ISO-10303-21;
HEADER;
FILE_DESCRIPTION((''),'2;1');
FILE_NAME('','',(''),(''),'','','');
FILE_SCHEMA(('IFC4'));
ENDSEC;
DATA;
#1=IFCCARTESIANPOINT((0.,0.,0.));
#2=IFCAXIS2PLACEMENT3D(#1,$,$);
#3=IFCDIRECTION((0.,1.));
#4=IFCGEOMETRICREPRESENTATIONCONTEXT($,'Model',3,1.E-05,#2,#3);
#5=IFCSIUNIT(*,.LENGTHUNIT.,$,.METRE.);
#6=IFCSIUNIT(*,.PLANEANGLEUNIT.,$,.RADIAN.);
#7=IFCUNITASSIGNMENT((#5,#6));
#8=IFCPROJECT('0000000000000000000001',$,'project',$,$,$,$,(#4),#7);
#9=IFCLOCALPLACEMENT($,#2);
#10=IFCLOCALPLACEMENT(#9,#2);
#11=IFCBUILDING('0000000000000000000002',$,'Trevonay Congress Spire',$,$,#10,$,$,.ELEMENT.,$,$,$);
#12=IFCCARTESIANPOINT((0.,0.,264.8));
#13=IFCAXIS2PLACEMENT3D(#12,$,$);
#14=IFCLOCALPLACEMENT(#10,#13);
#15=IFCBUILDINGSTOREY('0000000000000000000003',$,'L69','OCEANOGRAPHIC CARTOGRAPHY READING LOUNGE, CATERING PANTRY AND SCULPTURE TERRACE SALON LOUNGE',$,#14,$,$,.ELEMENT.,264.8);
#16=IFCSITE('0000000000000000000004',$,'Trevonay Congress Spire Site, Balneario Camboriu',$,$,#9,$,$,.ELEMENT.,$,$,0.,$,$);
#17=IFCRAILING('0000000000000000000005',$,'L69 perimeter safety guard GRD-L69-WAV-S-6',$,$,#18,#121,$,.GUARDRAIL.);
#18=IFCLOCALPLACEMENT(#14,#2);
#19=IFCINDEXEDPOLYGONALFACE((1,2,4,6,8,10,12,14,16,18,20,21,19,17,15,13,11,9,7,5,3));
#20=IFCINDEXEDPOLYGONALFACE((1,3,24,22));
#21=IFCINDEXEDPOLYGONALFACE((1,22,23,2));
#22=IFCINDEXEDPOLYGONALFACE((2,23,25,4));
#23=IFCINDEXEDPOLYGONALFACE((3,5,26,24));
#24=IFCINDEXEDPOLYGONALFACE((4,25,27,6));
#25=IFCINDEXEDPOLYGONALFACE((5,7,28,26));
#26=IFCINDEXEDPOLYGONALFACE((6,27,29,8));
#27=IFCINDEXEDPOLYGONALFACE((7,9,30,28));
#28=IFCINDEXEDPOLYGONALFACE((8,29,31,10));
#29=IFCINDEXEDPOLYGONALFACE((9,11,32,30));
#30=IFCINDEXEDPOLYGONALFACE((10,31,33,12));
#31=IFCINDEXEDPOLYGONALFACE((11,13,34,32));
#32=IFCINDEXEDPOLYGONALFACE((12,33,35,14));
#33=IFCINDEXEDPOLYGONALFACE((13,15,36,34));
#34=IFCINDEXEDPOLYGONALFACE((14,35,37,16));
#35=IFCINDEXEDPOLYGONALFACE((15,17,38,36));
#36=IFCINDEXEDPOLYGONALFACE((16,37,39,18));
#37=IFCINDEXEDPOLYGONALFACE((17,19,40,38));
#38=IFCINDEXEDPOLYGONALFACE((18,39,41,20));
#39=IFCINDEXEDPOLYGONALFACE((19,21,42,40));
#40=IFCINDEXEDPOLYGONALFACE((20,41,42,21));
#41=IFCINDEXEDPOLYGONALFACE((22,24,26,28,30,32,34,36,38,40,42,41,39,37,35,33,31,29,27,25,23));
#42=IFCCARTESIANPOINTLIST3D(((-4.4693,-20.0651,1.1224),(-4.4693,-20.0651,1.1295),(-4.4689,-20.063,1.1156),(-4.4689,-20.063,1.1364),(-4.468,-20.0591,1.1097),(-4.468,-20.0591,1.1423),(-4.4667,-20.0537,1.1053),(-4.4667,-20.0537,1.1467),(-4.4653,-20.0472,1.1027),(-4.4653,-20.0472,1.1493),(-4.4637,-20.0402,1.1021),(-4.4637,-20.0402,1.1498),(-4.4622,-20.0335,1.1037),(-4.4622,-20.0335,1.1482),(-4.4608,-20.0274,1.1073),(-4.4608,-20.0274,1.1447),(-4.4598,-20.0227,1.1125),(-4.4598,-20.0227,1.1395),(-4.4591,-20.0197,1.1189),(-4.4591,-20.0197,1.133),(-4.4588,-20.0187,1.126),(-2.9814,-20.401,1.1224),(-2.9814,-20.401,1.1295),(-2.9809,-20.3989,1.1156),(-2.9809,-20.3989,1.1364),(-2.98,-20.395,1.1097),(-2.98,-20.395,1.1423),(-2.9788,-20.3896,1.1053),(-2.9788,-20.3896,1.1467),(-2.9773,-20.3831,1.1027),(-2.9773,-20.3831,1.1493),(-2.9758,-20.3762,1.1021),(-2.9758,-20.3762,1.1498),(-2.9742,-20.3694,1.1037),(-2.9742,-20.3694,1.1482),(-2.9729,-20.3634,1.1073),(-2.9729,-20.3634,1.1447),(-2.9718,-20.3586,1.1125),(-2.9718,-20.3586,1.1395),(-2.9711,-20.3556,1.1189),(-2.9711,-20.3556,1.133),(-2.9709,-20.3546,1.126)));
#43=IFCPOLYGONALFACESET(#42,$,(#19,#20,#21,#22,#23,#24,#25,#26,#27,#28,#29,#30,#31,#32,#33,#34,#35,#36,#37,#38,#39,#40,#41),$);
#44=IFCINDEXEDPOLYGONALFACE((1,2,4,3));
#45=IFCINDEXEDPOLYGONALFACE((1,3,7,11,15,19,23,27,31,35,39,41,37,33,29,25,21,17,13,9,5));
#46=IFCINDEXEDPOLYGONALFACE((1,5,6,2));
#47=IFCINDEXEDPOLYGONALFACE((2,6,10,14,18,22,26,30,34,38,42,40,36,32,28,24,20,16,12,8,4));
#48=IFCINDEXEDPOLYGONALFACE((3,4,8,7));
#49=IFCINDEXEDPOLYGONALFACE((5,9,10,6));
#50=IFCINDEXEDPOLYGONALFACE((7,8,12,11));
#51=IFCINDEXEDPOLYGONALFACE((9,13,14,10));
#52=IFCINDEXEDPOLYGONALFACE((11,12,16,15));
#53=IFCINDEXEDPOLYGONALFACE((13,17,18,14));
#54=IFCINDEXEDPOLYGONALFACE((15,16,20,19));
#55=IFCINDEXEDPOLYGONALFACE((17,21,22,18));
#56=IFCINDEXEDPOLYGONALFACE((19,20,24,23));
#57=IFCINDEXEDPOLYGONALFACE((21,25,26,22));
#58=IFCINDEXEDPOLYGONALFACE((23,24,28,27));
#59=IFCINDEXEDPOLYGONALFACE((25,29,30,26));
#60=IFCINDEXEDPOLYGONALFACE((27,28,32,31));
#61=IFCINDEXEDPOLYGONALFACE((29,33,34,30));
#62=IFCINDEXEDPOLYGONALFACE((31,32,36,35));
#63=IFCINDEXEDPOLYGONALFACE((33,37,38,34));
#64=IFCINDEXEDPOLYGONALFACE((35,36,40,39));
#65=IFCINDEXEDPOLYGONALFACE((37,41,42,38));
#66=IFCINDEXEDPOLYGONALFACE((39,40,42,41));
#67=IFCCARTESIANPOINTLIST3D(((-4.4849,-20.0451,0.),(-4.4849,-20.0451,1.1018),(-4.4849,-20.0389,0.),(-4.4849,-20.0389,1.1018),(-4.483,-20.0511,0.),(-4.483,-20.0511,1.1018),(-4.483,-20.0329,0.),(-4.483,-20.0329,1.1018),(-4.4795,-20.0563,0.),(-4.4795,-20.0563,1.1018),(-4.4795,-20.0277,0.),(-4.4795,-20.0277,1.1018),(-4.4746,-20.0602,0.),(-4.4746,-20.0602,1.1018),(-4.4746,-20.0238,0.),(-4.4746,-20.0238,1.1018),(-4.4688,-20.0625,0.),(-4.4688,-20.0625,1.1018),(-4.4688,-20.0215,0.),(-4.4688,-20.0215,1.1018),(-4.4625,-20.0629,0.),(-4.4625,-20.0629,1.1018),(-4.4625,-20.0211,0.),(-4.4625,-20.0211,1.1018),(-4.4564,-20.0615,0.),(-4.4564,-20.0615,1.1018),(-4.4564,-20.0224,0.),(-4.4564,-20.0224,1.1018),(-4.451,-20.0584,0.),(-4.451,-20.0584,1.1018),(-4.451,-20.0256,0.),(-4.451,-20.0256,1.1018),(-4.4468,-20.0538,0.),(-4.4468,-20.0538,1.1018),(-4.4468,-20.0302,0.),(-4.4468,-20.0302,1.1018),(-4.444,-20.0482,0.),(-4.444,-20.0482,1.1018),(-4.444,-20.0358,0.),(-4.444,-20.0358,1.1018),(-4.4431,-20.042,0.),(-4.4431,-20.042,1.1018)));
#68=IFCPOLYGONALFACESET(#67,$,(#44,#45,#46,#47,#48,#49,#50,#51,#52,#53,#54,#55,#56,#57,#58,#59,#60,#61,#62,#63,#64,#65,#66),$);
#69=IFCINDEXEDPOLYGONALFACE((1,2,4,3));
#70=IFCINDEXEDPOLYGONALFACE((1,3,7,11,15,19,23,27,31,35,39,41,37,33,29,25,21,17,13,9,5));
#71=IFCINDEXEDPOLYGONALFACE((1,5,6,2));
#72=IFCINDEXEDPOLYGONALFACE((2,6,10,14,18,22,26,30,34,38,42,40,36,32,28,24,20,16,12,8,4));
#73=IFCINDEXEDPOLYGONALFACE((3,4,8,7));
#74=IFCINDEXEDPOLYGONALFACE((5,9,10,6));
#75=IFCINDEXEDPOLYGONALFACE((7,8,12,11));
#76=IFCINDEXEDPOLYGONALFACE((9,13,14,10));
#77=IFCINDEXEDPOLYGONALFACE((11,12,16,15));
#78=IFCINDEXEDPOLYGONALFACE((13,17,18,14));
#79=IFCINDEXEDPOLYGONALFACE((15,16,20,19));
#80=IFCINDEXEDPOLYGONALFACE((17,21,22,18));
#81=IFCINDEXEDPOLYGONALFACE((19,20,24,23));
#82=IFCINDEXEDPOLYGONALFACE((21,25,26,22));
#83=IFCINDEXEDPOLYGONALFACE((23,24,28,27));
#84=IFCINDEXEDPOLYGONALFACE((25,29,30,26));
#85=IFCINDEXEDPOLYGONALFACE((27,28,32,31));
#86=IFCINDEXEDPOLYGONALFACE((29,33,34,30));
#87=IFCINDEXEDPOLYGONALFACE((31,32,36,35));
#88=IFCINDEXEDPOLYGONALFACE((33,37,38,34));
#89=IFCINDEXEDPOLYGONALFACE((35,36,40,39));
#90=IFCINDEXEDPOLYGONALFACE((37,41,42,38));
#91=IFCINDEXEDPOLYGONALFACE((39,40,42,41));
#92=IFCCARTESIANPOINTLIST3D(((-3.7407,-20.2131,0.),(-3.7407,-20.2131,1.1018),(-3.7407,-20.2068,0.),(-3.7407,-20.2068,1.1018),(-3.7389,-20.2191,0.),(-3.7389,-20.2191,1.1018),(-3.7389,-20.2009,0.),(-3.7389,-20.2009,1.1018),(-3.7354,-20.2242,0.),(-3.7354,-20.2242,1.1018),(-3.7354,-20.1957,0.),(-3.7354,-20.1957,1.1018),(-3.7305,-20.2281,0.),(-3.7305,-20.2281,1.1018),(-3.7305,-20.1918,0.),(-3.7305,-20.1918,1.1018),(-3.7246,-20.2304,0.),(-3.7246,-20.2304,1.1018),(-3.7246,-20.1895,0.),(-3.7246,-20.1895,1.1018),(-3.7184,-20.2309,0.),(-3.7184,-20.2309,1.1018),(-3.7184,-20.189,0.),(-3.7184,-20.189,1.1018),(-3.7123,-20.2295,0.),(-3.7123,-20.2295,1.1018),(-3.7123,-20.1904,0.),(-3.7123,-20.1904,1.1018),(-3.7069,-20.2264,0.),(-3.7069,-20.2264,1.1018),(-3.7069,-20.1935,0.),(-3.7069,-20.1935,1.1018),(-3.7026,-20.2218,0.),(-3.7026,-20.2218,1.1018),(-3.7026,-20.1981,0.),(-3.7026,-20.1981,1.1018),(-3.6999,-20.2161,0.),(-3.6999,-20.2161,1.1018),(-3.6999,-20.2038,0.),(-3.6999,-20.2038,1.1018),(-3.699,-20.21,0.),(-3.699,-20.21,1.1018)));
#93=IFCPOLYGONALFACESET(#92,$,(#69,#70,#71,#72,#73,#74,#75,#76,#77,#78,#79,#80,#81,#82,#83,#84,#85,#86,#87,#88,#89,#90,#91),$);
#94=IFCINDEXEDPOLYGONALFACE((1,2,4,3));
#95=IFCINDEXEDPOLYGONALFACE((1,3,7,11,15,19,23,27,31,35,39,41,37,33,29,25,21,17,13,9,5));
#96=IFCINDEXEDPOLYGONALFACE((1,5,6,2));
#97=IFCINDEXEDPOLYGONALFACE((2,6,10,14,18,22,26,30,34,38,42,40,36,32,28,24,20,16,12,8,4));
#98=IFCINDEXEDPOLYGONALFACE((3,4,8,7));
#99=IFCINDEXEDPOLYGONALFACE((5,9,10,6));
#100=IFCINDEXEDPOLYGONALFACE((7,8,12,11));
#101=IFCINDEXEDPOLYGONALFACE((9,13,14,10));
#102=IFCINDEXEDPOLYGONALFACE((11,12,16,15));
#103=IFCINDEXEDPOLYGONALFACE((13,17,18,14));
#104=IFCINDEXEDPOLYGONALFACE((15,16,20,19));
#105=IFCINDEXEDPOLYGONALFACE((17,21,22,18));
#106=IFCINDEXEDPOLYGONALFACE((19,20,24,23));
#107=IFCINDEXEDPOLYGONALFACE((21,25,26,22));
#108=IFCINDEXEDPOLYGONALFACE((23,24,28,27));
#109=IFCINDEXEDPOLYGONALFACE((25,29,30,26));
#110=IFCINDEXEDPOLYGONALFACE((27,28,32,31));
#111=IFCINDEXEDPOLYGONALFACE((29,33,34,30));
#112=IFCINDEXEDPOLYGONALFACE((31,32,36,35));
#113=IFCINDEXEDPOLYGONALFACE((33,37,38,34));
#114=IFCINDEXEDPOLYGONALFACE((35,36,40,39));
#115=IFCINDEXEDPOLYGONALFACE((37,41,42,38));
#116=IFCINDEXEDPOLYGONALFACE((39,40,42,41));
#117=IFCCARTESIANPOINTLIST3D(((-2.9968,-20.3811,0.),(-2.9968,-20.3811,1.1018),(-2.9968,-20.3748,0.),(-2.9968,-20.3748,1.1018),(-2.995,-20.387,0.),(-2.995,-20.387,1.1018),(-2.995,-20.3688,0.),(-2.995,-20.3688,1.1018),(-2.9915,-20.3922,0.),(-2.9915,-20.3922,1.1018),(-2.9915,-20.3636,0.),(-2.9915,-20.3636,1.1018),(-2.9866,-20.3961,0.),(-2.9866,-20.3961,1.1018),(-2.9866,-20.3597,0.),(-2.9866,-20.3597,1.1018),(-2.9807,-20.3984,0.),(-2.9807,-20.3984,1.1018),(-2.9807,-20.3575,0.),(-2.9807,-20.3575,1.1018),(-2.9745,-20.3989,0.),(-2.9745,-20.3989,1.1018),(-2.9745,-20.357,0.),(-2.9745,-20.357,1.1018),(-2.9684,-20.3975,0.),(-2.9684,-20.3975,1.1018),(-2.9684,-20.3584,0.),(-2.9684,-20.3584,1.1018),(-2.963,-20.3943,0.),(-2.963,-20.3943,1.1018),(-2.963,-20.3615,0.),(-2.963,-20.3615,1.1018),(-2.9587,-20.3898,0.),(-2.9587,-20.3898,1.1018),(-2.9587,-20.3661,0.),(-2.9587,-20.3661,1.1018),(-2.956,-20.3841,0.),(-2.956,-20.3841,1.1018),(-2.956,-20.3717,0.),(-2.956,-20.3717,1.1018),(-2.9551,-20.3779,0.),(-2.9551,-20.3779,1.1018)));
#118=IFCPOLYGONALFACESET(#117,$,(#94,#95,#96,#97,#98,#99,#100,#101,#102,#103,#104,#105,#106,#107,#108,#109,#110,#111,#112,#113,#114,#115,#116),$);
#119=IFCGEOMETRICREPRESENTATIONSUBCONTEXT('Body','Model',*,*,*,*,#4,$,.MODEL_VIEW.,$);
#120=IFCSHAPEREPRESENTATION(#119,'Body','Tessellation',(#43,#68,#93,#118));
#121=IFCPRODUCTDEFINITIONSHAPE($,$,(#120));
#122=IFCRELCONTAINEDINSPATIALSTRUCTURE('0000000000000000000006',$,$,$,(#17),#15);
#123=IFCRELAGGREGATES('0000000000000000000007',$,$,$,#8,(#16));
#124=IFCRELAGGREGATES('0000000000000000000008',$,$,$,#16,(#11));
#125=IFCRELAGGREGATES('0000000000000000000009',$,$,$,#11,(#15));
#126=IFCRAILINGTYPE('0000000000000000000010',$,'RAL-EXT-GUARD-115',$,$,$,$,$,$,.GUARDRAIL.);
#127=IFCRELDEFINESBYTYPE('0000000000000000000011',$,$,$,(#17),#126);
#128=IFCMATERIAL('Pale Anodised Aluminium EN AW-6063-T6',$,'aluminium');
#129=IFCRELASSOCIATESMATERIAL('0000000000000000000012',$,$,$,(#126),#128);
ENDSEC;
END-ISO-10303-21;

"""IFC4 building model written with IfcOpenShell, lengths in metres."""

from ifc_helpers import new_model, si_unit, direction, frame, origin, origin_2d, place, context, subcontext, project, spatial, circle, extrude, material, type_object, element, save


model = new_model("IFC4")

# Units and contexts
model_context = context("Model", 3, precision=1e-05, world=origin(), true_north=direction((0.0, 1.0)))
body_context = subcontext(model_context, "Body", "Model", "MODEL_VIEW")
ifc_project = project(units=[si_unit("LENGTHUNIT", "METRE"), si_unit("PLANEANGLEUNIT", "RADIAN")], contexts=[model_context])

# Site, building, storey
site_placement = place(None, origin())
site = spatial("IfcSite", under=ifc_project, at=site_placement, Name="Trevonay Congress Spire Site, Balneario Camboriu", CompositionType="ELEMENT", RefElevation=0.0)
building_placement = place(site_placement, origin())
building = spatial("IfcBuilding", under=site, at=building_placement, Name="Trevonay Congress Spire", CompositionType="ELEMENT")
storey_placement = place(building_placement, frame((0.0, 0.0, 264.8)))
storey = spatial("IfcBuildingStorey", under=building, at=storey_placement, Name="L69", Description="OCEANOGRAPHIC CARTOGRAPHY READING LOUNGE, CATERING PANTRY AND SCULPTURE TERRACE SALON LOUNGE", CompositionType="ELEMENT", Elevation=264.8)

# Shared definitions
ifc_material_1 = material(Name="Pale Anodised Aluminium EN AW-6063-T6", Category="aluminium")

# Railing
railing_type = type_object("IfcRailingType", Name="RAL-EXT-GUARD-115", PredefinedType="GUARDRAIL", material=ifc_material_1)
railing_1_placement = place(storey_placement, frame((-4.4641, -20.042, 0.0)))
element("IfcRailing", 1, at=railing_1_placement, inside=storey, type_object=railing_type, Name="L69 perimeter safety guard GRD-L69-WAV-S-6", PredefinedType="GUARDRAIL", context=body_context, shape_type="SweptSolid", body=[
    extrude(circle(Radius=0.0239, at=origin_2d()), frame((0.0, 0.0, 1.126), z_axis=(0.975451, -0.220217, 0.0), x_axis=(0.220217, 0.975451, 0.0)), (0.0, 0.0, 1.0), 1.5254),
    extrude(circle(Radius=0.021, at=origin_2d()), origin(), (0.0, 0.0, 1.0), 1.1018),
    extrude(circle(Radius=0.021, at=origin_2d()), frame((0.7441, -0.168, 0.0)), (0.0, 0.0, 1.0), 1.1018),
    extrude(circle(Radius=0.021, at=origin_2d()), frame((1.488, -0.3359, 0.0)), (0.0, 0.0, 1.0), 1.1018),
])

save(model, "model.ifc")
